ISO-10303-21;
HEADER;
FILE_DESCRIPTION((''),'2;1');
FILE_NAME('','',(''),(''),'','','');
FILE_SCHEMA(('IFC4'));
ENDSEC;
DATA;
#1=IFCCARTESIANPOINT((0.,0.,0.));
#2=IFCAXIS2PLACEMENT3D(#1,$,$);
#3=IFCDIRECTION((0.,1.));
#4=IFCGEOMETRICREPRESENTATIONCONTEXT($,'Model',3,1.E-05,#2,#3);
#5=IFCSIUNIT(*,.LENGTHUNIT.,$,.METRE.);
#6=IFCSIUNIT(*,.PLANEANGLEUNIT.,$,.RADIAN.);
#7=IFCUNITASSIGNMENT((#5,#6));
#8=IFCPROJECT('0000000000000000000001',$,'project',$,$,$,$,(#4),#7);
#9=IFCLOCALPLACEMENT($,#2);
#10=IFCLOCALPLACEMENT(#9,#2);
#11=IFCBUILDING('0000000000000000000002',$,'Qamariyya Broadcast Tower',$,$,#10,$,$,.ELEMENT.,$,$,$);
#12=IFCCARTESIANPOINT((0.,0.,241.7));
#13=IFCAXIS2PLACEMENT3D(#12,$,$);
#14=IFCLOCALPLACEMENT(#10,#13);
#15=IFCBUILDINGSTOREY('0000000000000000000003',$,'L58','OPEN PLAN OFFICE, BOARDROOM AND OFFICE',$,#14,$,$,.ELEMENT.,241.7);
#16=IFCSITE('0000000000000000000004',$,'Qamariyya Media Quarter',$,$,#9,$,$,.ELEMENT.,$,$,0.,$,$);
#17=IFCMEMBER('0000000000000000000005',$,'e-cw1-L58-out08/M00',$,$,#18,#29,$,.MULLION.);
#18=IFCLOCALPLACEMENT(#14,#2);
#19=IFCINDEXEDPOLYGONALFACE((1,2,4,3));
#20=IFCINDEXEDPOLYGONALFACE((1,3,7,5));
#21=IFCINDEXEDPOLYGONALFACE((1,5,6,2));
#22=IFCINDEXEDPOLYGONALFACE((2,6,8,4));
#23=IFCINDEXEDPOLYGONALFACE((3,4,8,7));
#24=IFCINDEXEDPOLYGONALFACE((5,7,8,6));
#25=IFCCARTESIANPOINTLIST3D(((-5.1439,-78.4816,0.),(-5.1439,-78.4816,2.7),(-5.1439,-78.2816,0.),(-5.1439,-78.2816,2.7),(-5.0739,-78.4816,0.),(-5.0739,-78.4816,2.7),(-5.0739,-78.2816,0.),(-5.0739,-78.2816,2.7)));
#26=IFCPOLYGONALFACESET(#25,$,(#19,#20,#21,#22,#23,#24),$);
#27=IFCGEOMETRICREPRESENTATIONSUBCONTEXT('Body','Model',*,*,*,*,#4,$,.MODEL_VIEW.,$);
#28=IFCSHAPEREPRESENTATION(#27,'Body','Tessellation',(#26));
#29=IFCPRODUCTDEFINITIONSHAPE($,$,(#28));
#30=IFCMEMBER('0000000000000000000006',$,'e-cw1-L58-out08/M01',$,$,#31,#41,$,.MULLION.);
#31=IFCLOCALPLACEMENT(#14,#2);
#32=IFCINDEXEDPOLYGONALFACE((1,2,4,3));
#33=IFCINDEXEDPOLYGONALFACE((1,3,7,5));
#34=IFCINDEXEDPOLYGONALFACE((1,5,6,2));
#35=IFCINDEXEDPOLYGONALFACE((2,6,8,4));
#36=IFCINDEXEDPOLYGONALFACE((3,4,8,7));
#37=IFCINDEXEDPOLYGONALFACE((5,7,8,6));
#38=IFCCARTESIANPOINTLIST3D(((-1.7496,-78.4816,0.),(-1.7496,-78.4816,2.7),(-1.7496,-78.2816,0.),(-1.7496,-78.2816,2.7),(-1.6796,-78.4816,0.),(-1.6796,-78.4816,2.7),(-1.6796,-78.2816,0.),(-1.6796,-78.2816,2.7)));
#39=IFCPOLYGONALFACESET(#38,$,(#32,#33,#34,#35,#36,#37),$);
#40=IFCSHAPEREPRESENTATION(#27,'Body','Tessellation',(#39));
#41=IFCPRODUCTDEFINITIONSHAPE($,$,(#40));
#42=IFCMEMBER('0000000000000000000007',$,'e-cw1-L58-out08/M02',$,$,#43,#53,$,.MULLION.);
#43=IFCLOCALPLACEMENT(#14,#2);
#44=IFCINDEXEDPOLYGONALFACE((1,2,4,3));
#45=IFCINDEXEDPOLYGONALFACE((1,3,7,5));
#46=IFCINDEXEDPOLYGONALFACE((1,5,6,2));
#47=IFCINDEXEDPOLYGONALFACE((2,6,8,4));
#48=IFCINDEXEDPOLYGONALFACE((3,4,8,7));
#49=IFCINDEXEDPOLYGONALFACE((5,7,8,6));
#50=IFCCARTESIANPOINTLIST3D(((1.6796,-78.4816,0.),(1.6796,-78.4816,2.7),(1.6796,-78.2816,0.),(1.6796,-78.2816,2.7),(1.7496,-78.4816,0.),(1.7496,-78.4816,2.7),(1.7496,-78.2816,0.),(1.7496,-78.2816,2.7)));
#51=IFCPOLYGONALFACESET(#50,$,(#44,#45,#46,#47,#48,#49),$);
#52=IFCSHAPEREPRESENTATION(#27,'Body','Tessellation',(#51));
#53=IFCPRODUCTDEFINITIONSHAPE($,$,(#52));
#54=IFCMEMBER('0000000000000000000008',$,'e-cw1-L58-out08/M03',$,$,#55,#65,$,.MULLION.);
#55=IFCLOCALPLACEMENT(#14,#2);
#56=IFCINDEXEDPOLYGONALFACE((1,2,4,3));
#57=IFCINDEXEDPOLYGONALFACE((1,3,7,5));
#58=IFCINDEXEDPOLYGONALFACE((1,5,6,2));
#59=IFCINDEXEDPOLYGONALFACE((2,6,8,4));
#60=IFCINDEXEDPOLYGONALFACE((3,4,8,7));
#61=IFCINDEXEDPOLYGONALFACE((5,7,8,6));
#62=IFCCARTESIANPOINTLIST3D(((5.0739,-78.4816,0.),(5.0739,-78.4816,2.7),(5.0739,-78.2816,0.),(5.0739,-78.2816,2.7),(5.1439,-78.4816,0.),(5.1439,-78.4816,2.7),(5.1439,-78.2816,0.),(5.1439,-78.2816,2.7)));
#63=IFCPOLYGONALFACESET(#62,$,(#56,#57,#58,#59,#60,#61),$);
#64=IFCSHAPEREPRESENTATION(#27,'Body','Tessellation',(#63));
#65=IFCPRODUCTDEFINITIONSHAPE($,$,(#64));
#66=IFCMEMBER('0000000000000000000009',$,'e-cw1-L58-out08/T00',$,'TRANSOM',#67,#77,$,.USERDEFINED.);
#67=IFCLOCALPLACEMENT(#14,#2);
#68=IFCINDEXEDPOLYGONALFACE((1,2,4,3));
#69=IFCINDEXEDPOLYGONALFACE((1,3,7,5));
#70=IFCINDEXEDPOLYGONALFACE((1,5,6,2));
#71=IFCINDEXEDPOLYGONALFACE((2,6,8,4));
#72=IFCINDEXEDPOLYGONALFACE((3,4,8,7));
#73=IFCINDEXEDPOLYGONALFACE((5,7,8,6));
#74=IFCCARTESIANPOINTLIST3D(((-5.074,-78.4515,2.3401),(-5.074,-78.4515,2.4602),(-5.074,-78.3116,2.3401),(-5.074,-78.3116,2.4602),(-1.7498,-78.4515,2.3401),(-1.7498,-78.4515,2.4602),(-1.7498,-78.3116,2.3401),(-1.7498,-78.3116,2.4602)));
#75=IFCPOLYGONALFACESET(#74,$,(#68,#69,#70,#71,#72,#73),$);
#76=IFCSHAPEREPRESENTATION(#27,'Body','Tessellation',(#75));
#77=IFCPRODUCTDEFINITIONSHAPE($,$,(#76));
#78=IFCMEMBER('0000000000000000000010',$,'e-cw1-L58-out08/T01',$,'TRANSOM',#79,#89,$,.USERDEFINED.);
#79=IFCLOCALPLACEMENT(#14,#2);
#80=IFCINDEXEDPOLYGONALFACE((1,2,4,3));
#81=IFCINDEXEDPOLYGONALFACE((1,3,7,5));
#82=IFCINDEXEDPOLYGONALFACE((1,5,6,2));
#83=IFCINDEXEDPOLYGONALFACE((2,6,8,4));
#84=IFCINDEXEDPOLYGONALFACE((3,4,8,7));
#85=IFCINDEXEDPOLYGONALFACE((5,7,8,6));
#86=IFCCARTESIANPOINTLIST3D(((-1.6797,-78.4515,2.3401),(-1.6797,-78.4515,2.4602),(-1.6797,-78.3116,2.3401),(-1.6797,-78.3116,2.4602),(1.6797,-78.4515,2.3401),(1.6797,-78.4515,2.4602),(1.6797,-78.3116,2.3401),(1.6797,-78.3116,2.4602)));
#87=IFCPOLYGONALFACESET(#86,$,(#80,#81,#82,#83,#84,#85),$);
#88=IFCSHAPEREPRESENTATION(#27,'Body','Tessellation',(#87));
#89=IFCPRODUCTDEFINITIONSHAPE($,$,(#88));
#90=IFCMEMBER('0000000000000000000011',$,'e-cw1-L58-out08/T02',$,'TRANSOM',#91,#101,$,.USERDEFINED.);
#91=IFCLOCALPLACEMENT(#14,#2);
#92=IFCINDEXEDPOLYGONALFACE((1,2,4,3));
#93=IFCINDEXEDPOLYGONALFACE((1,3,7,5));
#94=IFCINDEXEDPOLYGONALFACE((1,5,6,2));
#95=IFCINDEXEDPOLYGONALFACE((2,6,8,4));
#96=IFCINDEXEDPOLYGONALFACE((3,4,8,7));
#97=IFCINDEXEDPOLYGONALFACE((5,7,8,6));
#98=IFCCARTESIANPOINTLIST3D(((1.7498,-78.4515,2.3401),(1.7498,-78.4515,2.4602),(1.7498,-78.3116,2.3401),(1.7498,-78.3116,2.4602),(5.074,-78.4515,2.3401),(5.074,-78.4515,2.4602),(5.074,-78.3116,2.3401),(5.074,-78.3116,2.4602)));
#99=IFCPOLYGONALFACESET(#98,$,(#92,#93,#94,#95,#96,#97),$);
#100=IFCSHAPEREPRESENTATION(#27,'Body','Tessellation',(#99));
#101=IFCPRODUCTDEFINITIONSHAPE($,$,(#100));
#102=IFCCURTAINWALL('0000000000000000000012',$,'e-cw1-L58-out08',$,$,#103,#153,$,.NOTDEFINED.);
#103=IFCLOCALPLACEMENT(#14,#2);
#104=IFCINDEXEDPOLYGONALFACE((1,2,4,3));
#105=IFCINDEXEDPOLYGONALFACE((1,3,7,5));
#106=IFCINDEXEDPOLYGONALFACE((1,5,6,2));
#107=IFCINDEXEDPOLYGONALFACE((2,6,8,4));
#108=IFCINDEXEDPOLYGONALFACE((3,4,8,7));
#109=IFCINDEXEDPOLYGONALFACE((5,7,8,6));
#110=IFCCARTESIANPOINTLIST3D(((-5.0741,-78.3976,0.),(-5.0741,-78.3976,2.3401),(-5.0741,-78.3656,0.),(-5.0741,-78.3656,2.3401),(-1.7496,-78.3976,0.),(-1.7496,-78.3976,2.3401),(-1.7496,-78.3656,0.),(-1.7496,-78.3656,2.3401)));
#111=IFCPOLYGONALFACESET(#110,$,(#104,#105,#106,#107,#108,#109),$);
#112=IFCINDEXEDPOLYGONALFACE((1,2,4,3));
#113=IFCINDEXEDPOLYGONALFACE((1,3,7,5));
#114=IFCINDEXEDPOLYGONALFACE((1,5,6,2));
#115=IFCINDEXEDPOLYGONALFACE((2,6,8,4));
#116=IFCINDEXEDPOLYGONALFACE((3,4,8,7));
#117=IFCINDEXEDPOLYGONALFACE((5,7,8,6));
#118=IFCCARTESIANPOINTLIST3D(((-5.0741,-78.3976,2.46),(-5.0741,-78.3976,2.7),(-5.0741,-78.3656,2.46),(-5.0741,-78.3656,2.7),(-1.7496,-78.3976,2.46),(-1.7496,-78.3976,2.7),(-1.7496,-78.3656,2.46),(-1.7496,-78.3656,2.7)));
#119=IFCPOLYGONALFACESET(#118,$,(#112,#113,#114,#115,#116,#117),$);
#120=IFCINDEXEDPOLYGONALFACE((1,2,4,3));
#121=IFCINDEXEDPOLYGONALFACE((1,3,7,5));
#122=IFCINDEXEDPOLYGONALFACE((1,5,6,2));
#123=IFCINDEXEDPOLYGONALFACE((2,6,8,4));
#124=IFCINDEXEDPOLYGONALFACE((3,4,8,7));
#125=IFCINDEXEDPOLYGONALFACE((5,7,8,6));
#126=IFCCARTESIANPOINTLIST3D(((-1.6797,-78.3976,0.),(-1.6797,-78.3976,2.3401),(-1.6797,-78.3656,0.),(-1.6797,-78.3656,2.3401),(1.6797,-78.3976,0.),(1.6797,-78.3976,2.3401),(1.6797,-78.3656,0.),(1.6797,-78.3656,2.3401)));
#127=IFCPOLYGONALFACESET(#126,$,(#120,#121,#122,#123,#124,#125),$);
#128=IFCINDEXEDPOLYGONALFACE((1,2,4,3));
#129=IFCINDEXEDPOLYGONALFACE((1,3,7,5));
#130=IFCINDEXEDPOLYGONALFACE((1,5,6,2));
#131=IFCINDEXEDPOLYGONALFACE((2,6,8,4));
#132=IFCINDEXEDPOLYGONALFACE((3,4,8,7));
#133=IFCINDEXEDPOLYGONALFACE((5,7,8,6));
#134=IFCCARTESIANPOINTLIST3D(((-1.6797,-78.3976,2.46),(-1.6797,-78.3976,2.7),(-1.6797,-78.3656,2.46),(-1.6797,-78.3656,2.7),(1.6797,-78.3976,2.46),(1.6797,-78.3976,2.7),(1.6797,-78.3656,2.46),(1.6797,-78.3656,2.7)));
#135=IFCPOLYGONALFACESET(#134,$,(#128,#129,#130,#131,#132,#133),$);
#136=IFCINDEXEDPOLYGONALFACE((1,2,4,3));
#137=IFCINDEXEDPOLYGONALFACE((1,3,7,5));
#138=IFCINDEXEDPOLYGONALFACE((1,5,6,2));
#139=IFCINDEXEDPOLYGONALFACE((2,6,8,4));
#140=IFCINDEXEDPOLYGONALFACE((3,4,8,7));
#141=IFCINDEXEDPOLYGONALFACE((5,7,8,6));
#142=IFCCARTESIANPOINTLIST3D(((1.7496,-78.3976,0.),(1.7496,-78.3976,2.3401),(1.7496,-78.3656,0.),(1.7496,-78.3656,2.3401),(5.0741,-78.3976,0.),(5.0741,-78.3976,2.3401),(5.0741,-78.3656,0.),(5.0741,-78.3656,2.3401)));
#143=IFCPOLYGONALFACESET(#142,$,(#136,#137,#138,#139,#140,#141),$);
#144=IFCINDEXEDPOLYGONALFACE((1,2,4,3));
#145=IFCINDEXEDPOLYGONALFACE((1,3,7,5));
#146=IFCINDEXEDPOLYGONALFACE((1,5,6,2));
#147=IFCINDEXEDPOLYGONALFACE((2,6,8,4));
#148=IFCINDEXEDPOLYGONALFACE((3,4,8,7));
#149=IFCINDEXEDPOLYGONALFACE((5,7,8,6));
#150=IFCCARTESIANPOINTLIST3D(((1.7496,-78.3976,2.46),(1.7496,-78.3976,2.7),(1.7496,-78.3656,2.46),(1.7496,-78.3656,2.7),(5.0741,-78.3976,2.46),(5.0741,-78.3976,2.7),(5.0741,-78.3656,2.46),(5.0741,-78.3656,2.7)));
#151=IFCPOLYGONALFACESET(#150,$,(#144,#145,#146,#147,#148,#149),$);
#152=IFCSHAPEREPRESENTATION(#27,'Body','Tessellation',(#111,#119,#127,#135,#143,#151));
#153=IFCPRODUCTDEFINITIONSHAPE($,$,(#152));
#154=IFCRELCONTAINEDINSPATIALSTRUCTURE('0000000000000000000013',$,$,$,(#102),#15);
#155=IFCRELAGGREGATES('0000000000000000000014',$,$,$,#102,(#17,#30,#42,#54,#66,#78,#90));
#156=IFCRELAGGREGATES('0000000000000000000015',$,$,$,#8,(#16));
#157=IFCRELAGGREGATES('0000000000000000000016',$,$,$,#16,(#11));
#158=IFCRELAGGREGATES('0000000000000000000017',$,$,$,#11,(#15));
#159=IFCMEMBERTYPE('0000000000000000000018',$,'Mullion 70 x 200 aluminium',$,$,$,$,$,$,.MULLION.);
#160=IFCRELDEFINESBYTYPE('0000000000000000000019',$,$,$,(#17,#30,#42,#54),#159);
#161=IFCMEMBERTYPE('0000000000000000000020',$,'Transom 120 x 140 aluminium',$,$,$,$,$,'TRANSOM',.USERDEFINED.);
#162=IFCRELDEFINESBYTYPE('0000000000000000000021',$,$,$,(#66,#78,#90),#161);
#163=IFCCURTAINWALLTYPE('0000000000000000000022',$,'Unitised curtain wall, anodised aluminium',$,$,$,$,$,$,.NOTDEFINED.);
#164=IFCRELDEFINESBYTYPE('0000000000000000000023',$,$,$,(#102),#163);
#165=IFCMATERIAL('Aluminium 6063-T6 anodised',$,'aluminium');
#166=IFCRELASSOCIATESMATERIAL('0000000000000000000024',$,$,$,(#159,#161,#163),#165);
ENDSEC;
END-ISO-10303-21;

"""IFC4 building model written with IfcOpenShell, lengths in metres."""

from ifc_helpers import new_model, si_unit, direction, frame, origin, origin_2d, place, context, subcontext, project, spatial, rectangle, extrude, material, material_profile, profile_set, type_object, element, aggregate, save


model = new_model("IFC4")

# Units and contexts
model_context = context("Model", 3, precision=1e-05, world=origin(), true_north=direction((0.0, 1.0)))
body_context = subcontext(model_context, "Body", "Model", "MODEL_VIEW")
ifc_project = project(units=[si_unit("LENGTHUNIT", "METRE"), si_unit("PLANEANGLEUNIT", "RADIAN")], contexts=[model_context])

# Members
ifc_material = material(Name="Aluminium 6063-T6 anodised", Category="aluminium")
ifc_material_profile_1 = material_profile(ifc_material, rectangle(XDim=0.2, YDim=0.0701, at=origin_2d()))
ifc_profile_set_1 = profile_set([ifc_material_profile_1], Name="Aluminium 6063-T6 anodised")
member_type_1 = type_object("IfcMemberType", Name="Mullion 70 x 200 aluminium", PredefinedType="MULLION", material=ifc_profile_set_1)
site_placement = place(None, origin())
building_placement = place(site_placement, origin())
storey_placement = place(building_placement, frame((0.0, 0.0, 241.7)))
member_1_placement = place(storey_placement, frame((-5.1089, -78.3816, 0.0), z_axis=(0.0, 0.0, 1.0), x_axis=(0.0, 1.0, 0.0)))
member_1 = element("IfcMember", 1, at=member_1_placement, type_object=member_type_1, Name="e-cw1-L58-out08/M00", PredefinedType="MULLION", context=body_context, shape_type="SweptSolid", body=[
    extrude(rectangle(XDim=0.2, YDim=0.0701, at=origin_2d()), origin(), (0.0, 0.0, 1.0), 2.7),
])
member_2_placement = place(storey_placement, frame((-1.7146, -78.3816, 0.0), z_axis=(0.0, 0.0, 1.0), x_axis=(0.0, 1.0, 0.0)))
member_2 = element("IfcMember", 2, at=member_2_placement, type_object=member_type_1, Name="e-cw1-L58-out08/M01", PredefinedType="MULLION", context=body_context, shape_type="SweptSolid", body=[
    extrude(rectangle(XDim=0.2, YDim=0.0701, at=origin_2d()), origin(), (0.0, 0.0, 1.0), 2.7),
])
member_3_placement = place(storey_placement, frame((1.7146, -78.3816, 0.0), z_axis=(0.0, 0.0, 1.0), x_axis=(0.0, 1.0, 0.0)))
member_3 = element("IfcMember", 3, at=member_3_placement, type_object=member_type_1, Name="e-cw1-L58-out08/M02", PredefinedType="MULLION", context=body_context, shape_type="SweptSolid", body=[
    extrude(rectangle(XDim=0.2, YDim=0.0701, at=origin_2d()), origin(), (0.0, 0.0, 1.0), 2.7),
])
member_4_placement = place(storey_placement, frame((5.1089, -78.3816, 0.0), z_axis=(0.0, 0.0, 1.0), x_axis=(0.0, 1.0, 0.0)))
member_4 = element("IfcMember", 4, at=member_4_placement, type_object=member_type_1, Name="e-cw1-L58-out08/M03", PredefinedType="MULLION", context=body_context, shape_type="SweptSolid", body=[
    extrude(rectangle(XDim=0.2, YDim=0.0701, at=origin_2d()), origin(), (0.0, 0.0, 1.0), 2.7),
])
ifc_material_profile_2 = material_profile(ifc_material, rectangle(XDim=0.1399, YDim=0.1201, at=origin_2d()))
ifc_profile_set_2 = profile_set([ifc_material_profile_2], Name="Aluminium 6063-T6 anodised")
member_type_2 = type_object("IfcMemberType", Name="Transom 120 x 140 aluminium", ElementType="TRANSOM", PredefinedType="USERDEFINED", material=ifc_profile_set_2)
member_5_placement = place(storey_placement, frame((-5.074, -78.3816, 2.4001), z_axis=(1.0, 0.0, 0.0), x_axis=(0.0, 1.0, 0.0)))
member_5 = element("IfcMember", 5, at=member_5_placement, type_object=member_type_2, Name="e-cw1-L58-out08/T00", ObjectType="TRANSOM", PredefinedType="USERDEFINED", context=body_context, shape_type="SweptSolid", body=[
    extrude(rectangle(XDim=0.1399, YDim=0.1201, at=origin_2d()), origin(), (0.0, 0.0, 1.0), 3.3242),
])
member_6_placement = place(storey_placement, frame((-1.6797, -78.3816, 2.4001), z_axis=(1.0, 0.0, 0.0), x_axis=(0.0, 1.0, 0.0)))
member_6 = element("IfcMember", 6, at=member_6_placement, type_object=member_type_2, Name="e-cw1-L58-out08/T01", ObjectType="TRANSOM", PredefinedType="USERDEFINED", context=body_context, shape_type="SweptSolid", body=[
    extrude(rectangle(XDim=0.1399, YDim=0.1201, at=origin_2d()), origin(), (0.0, 0.0, 1.0), 3.3594),
])
member_7_placement = place(storey_placement, frame((1.7498, -78.3816, 2.4001), z_axis=(1.0, 0.0, 0.0), x_axis=(0.0, 1.0, 0.0)))
member_7 = element("IfcMember", 7, at=member_7_placement, type_object=member_type_2, Name="e-cw1-L58-out08/T02", ObjectType="TRANSOM", PredefinedType="USERDEFINED", context=body_context, shape_type="SweptSolid", body=[
    extrude(rectangle(XDim=0.1399, YDim=0.1201, at=origin_2d()), origin(), (0.0, 0.0, 1.0), 3.3242),
])

# Site, building, storey
site = spatial("IfcSite", under=ifc_project, at=site_placement, Name="Qamariyya Media Quarter", CompositionType="ELEMENT", RefElevation=0.0)
building = spatial("IfcBuilding", under=site, at=building_placement, Name="Qamariyya Broadcast Tower", CompositionType="ELEMENT")
storey = spatial("IfcBuildingStorey", under=building, at=storey_placement, Name="L58", Description="OPEN PLAN OFFICE, BOARDROOM AND OFFICE", CompositionType="ELEMENT", Elevation=241.7)

# Curtain wall
curtain_wall_type = type_object("IfcCurtainWallType", Name="Unitised curtain wall, anodised aluminium", PredefinedType="NOTDEFINED", material=ifc_material)
curtain_wall_1_placement = place(storey_placement, origin())
curtain_wall_1 = element("IfcCurtainWall", 8, at=curtain_wall_1_placement, inside=storey, type_object=curtain_wall_type, Name="e-cw1-L58-out08", PredefinedType="NOTDEFINED", context=body_context, shape_type="SweptSolid", body=[
    extrude(rectangle(XDim=3.3245, YDim=0.032, at=origin_2d()), frame((-3.4119, -78.3816, 0.0), x_axis=(1.0, 0.0, 0.0)), (0.0, 0.0, 1.0), 2.3401),
    extrude(rectangle(XDim=3.3245, YDim=0.032, at=origin_2d()), frame((-3.4119, -78.3816, 2.46), x_axis=(1.0, 0.0, 0.0)), (0.0, 0.0, 1.0), 0.24),
    extrude(rectangle(XDim=3.3594, YDim=0.032, at=origin_2d()), frame((0.0, -78.3816, 0.0), x_axis=(1.0, 0.0, 0.0)), (0.0, 0.0, 1.0), 2.3401),
    extrude(rectangle(XDim=3.3594, YDim=0.032, at=origin_2d()), frame((0.0, -78.3816, 2.46), x_axis=(1.0, 0.0, 0.0)), (0.0, 0.0, 1.0), 0.24),
    extrude(rectangle(XDim=3.3245, YDim=0.032, at=origin_2d()), frame((3.4119, -78.3816, 0.0), x_axis=(1.0, 0.0, 0.0)), (0.0, 0.0, 1.0), 2.3401),
    extrude(rectangle(XDim=3.3245, YDim=0.032, at=origin_2d()), frame((3.4119, -78.3816, 2.46), x_axis=(1.0, 0.0, 0.0)), (0.0, 0.0, 1.0), 0.24),
])
aggregate(curtain_wall_1, [member_1, member_2, member_3, member_4, member_5, member_6, member_7])

save(model, "model.ifc")
